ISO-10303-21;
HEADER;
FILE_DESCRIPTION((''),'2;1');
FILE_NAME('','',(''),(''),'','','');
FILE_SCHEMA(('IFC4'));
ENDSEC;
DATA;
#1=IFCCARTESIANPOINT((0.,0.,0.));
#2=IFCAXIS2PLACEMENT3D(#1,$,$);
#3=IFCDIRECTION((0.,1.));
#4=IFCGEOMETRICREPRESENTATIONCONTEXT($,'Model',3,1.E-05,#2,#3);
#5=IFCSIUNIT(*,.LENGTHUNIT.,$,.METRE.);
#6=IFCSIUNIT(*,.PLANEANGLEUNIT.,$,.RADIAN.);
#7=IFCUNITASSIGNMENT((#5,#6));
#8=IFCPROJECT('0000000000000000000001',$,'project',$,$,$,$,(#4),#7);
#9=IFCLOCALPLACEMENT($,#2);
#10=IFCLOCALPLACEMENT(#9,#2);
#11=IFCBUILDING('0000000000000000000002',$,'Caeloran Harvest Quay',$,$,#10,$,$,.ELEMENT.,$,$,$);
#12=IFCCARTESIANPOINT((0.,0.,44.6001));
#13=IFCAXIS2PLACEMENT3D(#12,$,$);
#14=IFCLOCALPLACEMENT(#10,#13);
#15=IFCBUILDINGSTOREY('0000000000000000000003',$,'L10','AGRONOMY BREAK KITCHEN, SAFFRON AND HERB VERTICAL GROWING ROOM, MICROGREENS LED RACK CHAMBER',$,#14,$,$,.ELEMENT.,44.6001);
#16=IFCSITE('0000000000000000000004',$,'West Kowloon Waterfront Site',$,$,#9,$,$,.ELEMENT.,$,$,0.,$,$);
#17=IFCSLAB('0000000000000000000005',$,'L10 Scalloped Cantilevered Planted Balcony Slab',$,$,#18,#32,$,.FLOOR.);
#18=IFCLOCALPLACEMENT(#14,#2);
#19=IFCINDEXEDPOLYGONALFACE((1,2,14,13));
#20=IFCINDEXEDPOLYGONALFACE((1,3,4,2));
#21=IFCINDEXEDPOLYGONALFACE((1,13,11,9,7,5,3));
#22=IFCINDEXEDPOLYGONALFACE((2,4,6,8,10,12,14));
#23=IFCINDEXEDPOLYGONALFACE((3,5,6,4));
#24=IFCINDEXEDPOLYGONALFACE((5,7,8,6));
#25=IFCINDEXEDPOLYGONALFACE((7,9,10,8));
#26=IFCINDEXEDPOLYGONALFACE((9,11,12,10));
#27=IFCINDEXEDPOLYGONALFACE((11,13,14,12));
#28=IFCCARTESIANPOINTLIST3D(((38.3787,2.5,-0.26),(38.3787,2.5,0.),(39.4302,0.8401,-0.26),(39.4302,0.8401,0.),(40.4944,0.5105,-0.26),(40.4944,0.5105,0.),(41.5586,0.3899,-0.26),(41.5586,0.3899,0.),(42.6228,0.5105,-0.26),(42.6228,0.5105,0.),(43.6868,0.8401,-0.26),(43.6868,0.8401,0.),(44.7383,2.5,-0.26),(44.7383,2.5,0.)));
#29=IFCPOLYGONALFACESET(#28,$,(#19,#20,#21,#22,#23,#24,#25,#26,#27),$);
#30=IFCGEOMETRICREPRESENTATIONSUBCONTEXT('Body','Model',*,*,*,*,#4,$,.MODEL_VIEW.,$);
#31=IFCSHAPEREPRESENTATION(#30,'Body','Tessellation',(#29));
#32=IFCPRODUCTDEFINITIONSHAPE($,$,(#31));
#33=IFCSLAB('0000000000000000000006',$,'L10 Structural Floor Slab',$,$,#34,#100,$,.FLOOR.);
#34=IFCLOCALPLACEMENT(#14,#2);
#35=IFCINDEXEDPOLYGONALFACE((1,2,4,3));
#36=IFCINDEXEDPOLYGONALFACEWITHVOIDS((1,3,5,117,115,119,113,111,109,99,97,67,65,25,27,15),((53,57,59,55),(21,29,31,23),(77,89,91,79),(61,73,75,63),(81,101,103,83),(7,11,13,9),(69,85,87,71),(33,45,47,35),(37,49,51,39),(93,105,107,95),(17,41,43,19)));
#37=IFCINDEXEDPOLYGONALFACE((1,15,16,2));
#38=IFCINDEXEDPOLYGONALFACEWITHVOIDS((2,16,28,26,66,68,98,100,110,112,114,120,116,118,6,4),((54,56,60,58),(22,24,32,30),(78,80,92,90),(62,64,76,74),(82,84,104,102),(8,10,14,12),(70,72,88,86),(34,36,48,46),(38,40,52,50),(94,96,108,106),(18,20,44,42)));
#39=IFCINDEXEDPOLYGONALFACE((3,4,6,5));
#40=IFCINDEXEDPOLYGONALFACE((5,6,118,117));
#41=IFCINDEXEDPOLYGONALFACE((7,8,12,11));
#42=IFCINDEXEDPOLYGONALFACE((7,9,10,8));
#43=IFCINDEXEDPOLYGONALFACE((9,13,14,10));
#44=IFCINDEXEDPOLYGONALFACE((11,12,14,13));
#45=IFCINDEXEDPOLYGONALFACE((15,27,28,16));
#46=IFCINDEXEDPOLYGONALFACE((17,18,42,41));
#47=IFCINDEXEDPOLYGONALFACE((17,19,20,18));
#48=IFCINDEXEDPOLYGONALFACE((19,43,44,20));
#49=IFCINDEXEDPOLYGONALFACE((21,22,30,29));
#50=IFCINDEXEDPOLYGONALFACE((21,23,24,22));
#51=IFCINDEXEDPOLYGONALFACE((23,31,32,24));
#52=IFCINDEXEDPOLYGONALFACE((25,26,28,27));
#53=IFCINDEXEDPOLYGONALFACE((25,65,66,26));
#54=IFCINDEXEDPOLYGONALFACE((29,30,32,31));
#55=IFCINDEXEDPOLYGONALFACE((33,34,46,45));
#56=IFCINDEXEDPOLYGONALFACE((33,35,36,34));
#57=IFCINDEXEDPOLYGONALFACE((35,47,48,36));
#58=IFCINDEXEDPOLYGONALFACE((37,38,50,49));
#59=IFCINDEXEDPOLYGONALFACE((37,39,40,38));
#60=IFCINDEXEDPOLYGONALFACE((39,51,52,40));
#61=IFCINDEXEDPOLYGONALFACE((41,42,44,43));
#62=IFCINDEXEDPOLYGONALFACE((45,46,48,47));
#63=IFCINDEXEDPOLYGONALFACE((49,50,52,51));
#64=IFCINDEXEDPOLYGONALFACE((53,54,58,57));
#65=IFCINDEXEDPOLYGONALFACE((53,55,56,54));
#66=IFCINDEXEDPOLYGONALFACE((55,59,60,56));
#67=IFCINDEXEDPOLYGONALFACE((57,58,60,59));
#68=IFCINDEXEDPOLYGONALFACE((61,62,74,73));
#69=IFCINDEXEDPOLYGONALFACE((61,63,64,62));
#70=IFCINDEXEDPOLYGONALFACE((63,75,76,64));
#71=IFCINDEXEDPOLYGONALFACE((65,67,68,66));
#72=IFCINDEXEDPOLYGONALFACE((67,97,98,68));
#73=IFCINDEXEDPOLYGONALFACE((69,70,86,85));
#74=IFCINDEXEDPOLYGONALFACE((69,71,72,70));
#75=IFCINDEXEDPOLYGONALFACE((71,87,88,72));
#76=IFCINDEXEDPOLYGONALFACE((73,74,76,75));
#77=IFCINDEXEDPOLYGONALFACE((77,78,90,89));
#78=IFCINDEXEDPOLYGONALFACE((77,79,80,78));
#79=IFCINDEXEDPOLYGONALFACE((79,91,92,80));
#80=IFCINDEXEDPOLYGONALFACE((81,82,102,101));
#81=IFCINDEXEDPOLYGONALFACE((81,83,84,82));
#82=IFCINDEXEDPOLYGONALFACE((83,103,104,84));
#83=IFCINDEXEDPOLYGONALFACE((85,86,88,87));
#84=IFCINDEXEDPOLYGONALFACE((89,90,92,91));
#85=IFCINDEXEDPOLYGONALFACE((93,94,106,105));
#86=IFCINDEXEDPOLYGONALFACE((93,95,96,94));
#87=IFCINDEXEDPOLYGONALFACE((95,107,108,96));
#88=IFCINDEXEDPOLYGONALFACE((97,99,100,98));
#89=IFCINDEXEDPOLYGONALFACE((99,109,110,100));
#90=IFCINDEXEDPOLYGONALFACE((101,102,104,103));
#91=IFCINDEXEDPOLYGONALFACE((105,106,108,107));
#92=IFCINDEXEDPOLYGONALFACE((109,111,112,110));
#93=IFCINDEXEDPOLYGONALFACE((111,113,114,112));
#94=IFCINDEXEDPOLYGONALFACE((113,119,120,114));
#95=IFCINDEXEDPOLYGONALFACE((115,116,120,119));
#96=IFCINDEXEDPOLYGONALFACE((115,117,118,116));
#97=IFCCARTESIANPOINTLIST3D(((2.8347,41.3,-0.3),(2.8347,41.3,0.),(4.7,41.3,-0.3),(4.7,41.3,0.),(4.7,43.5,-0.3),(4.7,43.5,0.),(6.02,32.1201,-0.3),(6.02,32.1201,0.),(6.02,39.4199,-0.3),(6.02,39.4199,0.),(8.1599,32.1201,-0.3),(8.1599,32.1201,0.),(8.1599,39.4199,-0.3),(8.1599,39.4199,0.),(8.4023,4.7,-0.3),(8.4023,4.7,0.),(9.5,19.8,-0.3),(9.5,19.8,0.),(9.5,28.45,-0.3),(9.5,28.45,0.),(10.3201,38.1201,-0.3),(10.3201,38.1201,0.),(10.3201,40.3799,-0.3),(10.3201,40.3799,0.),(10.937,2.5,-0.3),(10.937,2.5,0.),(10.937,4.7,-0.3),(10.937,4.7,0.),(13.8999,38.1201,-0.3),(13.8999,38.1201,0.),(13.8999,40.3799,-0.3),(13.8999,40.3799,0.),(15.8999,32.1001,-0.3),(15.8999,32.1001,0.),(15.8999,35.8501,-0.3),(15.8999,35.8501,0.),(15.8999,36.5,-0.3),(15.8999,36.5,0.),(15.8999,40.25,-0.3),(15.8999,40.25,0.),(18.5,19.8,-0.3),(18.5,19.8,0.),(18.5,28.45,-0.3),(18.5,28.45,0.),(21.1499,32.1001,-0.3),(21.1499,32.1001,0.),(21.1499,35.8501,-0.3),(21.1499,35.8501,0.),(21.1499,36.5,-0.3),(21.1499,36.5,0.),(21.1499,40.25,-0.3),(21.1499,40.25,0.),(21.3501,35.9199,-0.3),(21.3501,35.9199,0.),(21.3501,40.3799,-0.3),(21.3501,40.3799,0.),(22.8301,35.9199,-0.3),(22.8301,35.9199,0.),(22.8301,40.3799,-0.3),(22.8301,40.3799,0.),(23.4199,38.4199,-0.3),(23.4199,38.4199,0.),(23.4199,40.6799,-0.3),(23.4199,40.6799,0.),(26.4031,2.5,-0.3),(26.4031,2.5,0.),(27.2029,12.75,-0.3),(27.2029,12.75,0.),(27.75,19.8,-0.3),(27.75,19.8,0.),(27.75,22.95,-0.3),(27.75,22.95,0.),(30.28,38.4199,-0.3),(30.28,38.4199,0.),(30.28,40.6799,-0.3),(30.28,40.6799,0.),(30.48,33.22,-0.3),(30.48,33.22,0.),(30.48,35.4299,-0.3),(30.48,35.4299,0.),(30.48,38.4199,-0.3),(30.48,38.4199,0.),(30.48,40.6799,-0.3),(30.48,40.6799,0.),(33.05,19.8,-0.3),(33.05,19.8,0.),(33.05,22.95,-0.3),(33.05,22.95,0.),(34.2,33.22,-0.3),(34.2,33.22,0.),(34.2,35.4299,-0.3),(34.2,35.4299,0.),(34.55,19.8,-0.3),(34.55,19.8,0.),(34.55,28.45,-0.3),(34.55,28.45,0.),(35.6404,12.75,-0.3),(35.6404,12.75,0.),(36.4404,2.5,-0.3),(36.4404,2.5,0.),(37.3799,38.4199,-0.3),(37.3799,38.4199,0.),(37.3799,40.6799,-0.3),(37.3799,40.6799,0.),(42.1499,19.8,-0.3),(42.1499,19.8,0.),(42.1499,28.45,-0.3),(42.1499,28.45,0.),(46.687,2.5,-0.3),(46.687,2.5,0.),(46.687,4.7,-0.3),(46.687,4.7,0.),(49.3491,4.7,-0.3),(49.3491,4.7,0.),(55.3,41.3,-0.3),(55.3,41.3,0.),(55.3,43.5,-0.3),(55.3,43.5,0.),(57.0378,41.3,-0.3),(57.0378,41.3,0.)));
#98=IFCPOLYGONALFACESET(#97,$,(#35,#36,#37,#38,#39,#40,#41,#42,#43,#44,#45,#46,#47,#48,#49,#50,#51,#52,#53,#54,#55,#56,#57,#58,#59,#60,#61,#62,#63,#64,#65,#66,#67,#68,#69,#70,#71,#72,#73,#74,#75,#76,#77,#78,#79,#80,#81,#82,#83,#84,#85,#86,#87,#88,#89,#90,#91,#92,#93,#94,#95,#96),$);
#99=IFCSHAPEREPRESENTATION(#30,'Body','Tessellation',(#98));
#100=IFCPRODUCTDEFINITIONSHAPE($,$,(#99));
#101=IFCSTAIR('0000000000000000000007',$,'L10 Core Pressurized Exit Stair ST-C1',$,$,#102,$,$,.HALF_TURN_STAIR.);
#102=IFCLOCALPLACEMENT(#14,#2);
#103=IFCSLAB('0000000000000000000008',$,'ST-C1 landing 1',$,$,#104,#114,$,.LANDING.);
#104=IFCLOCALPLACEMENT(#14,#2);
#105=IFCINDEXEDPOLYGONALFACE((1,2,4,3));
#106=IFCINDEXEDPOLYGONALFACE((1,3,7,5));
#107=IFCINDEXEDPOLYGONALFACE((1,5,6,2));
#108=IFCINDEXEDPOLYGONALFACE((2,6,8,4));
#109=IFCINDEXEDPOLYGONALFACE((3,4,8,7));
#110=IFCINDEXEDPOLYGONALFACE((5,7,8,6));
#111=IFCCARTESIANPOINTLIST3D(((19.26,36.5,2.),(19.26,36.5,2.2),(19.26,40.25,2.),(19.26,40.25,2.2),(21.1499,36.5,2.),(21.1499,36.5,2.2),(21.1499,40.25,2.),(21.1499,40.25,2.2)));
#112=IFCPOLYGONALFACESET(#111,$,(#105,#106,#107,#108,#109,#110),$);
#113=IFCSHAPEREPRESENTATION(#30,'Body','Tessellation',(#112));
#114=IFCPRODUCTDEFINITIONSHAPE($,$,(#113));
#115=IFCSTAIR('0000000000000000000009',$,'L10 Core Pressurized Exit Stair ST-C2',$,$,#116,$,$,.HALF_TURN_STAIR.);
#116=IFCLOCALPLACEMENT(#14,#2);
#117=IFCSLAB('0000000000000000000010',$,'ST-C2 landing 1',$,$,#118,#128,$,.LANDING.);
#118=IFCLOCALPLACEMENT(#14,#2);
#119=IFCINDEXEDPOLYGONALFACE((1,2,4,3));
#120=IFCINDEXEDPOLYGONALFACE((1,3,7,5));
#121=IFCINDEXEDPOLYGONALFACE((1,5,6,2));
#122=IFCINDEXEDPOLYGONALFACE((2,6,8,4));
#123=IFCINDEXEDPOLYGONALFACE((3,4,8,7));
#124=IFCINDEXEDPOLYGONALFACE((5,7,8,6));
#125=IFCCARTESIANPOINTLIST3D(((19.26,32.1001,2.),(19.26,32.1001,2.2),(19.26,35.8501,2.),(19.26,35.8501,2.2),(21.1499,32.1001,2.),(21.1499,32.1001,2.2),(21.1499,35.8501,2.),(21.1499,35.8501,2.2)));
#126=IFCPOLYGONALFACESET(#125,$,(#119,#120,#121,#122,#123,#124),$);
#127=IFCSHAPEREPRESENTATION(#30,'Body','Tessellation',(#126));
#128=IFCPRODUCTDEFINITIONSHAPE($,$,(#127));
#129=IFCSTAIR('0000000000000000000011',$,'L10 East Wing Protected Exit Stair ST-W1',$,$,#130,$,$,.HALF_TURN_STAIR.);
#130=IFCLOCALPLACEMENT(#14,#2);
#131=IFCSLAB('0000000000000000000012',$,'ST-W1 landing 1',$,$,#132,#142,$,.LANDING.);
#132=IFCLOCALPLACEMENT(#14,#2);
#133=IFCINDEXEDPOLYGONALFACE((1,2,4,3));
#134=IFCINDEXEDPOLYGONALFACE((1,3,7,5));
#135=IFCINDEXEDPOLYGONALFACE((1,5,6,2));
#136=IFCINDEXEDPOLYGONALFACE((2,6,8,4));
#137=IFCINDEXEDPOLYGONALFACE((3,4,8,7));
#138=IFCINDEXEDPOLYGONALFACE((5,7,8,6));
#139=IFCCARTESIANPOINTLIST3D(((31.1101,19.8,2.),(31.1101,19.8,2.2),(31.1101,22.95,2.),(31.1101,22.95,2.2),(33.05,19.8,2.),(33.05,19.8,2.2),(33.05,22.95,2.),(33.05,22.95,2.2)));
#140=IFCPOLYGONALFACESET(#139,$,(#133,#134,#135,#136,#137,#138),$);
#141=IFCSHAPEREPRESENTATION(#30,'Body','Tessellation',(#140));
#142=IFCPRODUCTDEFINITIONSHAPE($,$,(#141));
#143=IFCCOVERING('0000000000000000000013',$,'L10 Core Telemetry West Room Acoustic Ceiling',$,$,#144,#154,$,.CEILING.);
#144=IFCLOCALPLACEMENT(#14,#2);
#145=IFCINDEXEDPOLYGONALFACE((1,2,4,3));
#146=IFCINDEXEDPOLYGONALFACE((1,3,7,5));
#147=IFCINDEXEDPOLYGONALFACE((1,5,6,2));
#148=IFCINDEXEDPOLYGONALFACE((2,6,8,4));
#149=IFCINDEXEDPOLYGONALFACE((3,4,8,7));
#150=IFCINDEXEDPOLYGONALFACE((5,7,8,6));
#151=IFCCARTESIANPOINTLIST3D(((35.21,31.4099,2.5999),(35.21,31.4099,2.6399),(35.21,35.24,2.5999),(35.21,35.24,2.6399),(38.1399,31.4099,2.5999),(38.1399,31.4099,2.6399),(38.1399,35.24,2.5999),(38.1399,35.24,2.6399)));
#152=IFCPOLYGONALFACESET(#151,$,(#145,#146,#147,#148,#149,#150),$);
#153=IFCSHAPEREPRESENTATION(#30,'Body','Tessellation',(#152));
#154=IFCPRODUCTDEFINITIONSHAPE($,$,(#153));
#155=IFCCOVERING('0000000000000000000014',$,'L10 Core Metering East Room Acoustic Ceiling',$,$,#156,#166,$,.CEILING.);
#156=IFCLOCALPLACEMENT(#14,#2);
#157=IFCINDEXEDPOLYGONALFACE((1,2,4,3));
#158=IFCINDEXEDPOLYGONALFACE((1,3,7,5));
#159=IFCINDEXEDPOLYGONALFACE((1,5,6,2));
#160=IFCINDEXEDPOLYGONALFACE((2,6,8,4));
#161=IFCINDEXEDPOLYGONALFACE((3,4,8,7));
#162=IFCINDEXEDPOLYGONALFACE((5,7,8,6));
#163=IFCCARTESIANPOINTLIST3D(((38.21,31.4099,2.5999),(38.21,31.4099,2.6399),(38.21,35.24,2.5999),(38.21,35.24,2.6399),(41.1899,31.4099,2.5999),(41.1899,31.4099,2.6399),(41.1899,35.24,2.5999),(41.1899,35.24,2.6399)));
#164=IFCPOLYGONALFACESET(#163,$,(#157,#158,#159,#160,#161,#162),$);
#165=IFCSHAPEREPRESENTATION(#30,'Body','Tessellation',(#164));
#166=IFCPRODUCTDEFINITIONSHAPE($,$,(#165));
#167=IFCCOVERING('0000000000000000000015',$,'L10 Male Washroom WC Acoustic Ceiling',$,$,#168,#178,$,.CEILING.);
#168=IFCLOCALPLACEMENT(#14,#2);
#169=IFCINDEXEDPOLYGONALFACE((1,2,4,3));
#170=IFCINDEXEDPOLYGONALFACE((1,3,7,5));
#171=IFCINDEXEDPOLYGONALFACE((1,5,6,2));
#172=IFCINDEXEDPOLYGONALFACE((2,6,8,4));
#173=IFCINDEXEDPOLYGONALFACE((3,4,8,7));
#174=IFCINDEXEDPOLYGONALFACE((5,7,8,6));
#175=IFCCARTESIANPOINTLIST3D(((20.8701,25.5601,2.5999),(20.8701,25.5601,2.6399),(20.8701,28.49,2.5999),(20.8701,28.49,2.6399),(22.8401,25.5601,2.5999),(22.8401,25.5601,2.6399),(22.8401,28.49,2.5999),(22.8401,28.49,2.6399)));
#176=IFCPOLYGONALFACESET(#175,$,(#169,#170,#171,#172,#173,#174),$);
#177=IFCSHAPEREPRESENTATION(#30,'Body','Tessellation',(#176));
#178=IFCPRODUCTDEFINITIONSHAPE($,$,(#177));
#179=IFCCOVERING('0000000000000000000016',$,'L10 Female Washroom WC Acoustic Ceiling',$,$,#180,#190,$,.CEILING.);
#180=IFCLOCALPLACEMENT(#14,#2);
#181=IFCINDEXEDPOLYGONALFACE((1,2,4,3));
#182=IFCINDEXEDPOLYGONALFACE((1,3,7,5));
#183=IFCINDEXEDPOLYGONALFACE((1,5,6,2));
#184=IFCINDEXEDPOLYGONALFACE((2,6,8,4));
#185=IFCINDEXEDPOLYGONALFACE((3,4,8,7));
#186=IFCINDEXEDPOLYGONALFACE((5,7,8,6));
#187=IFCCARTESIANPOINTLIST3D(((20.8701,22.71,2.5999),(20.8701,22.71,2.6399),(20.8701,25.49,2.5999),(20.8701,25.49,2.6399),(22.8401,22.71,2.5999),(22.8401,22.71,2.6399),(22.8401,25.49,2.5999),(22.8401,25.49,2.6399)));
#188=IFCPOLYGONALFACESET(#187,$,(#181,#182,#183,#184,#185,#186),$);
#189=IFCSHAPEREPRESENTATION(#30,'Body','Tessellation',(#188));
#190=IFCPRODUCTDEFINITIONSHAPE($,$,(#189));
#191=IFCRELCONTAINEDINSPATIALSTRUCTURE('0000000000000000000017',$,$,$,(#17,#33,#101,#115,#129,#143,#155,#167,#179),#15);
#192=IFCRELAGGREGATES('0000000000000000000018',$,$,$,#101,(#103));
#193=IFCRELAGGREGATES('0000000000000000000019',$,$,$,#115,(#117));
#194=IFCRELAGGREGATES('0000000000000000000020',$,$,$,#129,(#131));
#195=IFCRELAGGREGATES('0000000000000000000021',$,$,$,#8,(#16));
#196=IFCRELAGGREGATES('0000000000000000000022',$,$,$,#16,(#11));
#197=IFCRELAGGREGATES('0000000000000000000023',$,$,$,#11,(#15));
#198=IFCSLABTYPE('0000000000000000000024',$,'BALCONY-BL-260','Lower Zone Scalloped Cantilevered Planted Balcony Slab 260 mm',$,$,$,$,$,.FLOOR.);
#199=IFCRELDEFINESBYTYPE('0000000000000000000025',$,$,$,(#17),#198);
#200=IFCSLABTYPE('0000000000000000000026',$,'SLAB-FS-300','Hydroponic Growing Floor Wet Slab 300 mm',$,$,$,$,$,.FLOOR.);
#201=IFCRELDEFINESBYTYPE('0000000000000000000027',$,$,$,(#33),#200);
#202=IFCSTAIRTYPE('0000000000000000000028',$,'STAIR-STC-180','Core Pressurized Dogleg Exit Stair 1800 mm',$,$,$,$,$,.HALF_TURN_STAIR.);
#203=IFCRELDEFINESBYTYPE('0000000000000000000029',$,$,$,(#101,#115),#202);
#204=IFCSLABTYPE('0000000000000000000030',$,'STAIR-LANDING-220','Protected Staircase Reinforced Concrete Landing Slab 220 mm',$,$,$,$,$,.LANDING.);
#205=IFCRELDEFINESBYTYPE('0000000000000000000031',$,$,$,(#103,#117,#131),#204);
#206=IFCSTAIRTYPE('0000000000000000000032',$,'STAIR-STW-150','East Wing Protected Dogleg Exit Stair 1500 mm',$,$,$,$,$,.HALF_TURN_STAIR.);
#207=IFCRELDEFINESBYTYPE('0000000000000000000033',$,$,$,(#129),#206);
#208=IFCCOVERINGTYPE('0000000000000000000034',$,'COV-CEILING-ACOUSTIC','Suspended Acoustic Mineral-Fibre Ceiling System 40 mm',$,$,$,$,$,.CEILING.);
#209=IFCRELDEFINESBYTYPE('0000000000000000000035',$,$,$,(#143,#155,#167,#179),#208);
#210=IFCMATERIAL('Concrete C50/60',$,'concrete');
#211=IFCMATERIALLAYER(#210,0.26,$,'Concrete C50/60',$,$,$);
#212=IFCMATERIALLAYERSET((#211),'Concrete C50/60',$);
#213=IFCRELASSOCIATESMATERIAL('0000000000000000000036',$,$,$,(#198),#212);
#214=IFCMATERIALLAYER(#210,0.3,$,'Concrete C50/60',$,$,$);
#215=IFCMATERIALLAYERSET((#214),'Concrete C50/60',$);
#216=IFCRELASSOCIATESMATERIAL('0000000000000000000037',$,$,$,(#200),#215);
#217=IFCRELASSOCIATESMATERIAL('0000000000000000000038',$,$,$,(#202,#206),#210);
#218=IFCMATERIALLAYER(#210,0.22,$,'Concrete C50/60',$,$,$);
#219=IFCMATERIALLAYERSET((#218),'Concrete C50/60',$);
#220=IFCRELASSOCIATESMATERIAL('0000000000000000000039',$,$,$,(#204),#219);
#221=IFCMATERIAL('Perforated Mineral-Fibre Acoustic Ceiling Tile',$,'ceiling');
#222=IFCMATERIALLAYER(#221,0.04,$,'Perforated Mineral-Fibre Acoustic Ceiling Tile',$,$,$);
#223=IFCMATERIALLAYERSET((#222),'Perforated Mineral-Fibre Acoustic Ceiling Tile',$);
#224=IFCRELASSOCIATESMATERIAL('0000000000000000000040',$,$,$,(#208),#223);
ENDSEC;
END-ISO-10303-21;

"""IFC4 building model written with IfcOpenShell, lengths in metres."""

from ifc_helpers import new_model, si_unit, direction, frame, origin, place, context, subcontext, project, spatial, polyline, outline, extrude, material, layer, layer_set, type_object, element, aggregate, save


model = new_model("IFC4")

# Units and contexts
model_context = context("Model", 3, precision=1e-05, world=origin(), true_north=direction((0.0, 1.0)))
body_context = subcontext(model_context, "Body", "Model", "MODEL_VIEW")
ifc_project = project(units=[si_unit("LENGTHUNIT", "METRE"), si_unit("PLANEANGLEUNIT", "RADIAN")], contexts=[model_context])

# Site, building, storey
site_placement = place(None, origin())
site = spatial("IfcSite", under=ifc_project, at=site_placement, Name="West Kowloon Waterfront Site", CompositionType="ELEMENT", RefElevation=0.0)
building_placement = place(site_placement, origin())
building = spatial("IfcBuilding", under=site, at=building_placement, Name="Caeloran Harvest Quay", CompositionType="ELEMENT")
storey_placement = place(building_placement, frame((0.0, 0.0, 44.6001)))
storey = spatial("IfcBuildingStorey", under=building, at=storey_placement, Name="L10", Description="AGRONOMY BREAK KITCHEN, SAFFRON AND HERB VERTICAL GROWING ROOM, MICROGREENS LED RACK CHAMBER", CompositionType="ELEMENT", Elevation=44.6001)

# Slabs
ifc_material_1 = material(Name="Concrete C50/60", Category="concrete")
ifc_layer_1 = layer(ifc_material_1, 0.26, Name="Concrete C50/60")
ifc_layer_set_1 = layer_set([ifc_layer_1], Name="Concrete C50/60")
slab_type_1 = type_object("IfcSlabType", Name="BALCONY-BL-260", Description="Lower Zone Scalloped Cantilevered Planted Balcony Slab 260 mm", PredefinedType="FLOOR", material=ifc_layer_set_1)
slab_1_placement = place(storey_placement, frame((0.0, 0.0, -0.26)))
element("IfcSlab", 1, at=slab_1_placement, inside=storey, type_object=slab_type_1, Name="L10 Scalloped Cantilevered Planted Balcony Slab", PredefinedType="FLOOR", context=body_context, shape_type="SweptSolid", body=[
    extrude(outline(polyline([(43.6868, 0.8401), (42.6228, 0.5105), (41.5586, 0.3899), (40.4944, 0.5105), (39.4302, 0.8401), (38.3787, 2.5), (44.7383, 2.5), (43.6868, 0.8401)])), origin(), (0.0, 0.0, 1.0), 0.26),
])
ifc_layer_2 = layer(ifc_material_1, 0.3, Name="Concrete C50/60")
ifc_layer_set_2 = layer_set([ifc_layer_2], Name="Concrete C50/60")
slab_type_2 = type_object("IfcSlabType", Name="SLAB-FS-300", Description="Hydroponic Growing Floor Wet Slab 300 mm", PredefinedType="FLOOR", material=ifc_layer_set_2)
slab_2_placement = place(storey_placement, frame((0.0, 0.0, -0.3)))
element("IfcSlab", 2, at=slab_2_placement, inside=storey, type_object=slab_type_2, Name="L10 Structural Floor Slab", PredefinedType="FLOOR", context=body_context, shape_type="SweptSolid", body=[
    extrude(outline(polyline([(10.937, 2.5), (26.4031, 2.5), (27.2029, 12.75), (35.6404, 12.75), (36.4404, 2.5), (46.687, 2.5), (46.687, 4.7), (49.3491, 4.7), (57.0378, 41.3), (55.3, 41.3), (55.3, 43.5), (4.7, 43.5), (4.7, 41.3), (2.8347, 41.3), (8.4023, 4.7), (10.937, 4.7), (10.937, 2.5)]), holes=[polyline([(18.5, 19.8), (9.5, 19.8), (9.5, 28.45), (18.5, 28.45), (18.5, 19.8)]), polyline([(15.8999, 32.1001), (15.8999, 35.8501), (21.1499, 35.8501), (21.1499, 32.1001), (15.8999, 32.1001)]), polyline([(8.1599, 32.1201), (6.02, 32.1201), (6.02, 39.4199), (8.1599, 39.4199), (8.1599, 32.1201)]), polyline([(21.3501, 35.9199), (21.3501, 40.3799), (22.8301, 40.3799), (22.8301, 35.9199), (21.3501, 35.9199)]), polyline([(15.8999, 40.25), (21.1499, 40.25), (21.1499, 36.5), (15.8999, 36.5), (15.8999, 40.25)]), polyline([(13.8999, 38.1201), (10.3201, 38.1201), (10.3201, 40.3799), (13.8999, 40.3799), (13.8999, 38.1201)]), polyline([(27.75, 22.95), (33.05, 22.95), (33.05, 19.8), (27.75, 19.8), (27.75, 22.95)]), polyline([(34.55, 19.8), (34.55, 28.45), (42.1499, 28.45), (42.1499, 19.8), (34.55, 19.8)]), polyline([(34.2, 33.22), (30.48, 33.22), (30.48, 35.4299), (34.2, 35.4299), (34.2, 33.22)]), polyline([(23.4199, 38.4199), (23.4199, 40.6799), (30.28, 40.6799), (30.28, 38.4199), (23.4199, 38.4199)]), polyline([(30.48, 38.4199), (30.48, 40.6799), (37.3799, 40.6799), (37.3799, 38.4199), (30.48, 38.4199)])]), origin(), (0.0, 0.0, 1.0), 0.3),
])

# Stairs, slabs
stair_type_1 = type_object("IfcStairType", Name="STAIR-STC-180", Description="Core Pressurized Dogleg Exit Stair 1800 mm", PredefinedType="HALF_TURN_STAIR", material=ifc_material_1)
stair_1_placement = place(storey_placement, origin())
stair_1 = element("IfcStair", 3, at=stair_1_placement, inside=storey, type_object=stair_type_1, Name="L10 Core Pressurized Exit Stair ST-C1", PredefinedType="HALF_TURN_STAIR")
ifc_layer_3 = layer(ifc_material_1, 0.22, Name="Concrete C50/60")
ifc_layer_set_3 = layer_set([ifc_layer_3], Name="Concrete C50/60")
slab_type_3 = type_object("IfcSlabType", Name="STAIR-LANDING-220", Description="Protected Staircase Reinforced Concrete Landing Slab 220 mm", PredefinedType="LANDING", material=ifc_layer_set_3)
slab_3_placement = place(storey_placement, frame((0.0, 0.0, 2.0)))
slab_3 = element("IfcSlab", 4, at=slab_3_placement, type_object=slab_type_3, Name="ST-C1 landing 1", PredefinedType="LANDING", context=body_context, shape_type="SweptSolid", body=[
    extrude(outline(polyline([(19.26, 36.5), (21.1499, 36.5), (21.1499, 40.25), (19.26, 40.25), (19.26, 36.5)])), origin(), (0.0, 0.0, 1.0), 0.2),
])
aggregate(stair_1, [slab_3])
stair_2_placement = place(storey_placement, origin())
stair_2 = element("IfcStair", 5, at=stair_2_placement, inside=storey, type_object=stair_type_1, Name="L10 Core Pressurized Exit Stair ST-C2", PredefinedType="HALF_TURN_STAIR")
slab_4_placement = place(storey_placement, frame((0.0, 0.0, 2.0)))
slab_4 = element("IfcSlab", 6, at=slab_4_placement, type_object=slab_type_3, Name="ST-C2 landing 1", PredefinedType="LANDING", context=body_context, shape_type="SweptSolid", body=[
    extrude(outline(polyline([(19.26, 32.1001), (21.1499, 32.1001), (21.1499, 35.8501), (19.26, 35.8501), (19.26, 32.1001)])), origin(), (0.0, 0.0, 1.0), 0.2),
])
aggregate(stair_2, [slab_4])
stair_type_2 = type_object("IfcStairType", Name="STAIR-STW-150", Description="East Wing Protected Dogleg Exit Stair 1500 mm", PredefinedType="HALF_TURN_STAIR", material=ifc_material_1)
stair_3_placement = place(storey_placement, origin())
stair_3 = element("IfcStair", 7, at=stair_3_placement, inside=storey, type_object=stair_type_2, Name="L10 East Wing Protected Exit Stair ST-W1", PredefinedType="HALF_TURN_STAIR")
slab_5_placement = place(storey_placement, frame((0.0, 0.0, 2.0)))
slab_5 = element("IfcSlab", 8, at=slab_5_placement, type_object=slab_type_3, Name="ST-W1 landing 1", PredefinedType="LANDING", context=body_context, shape_type="SweptSolid", body=[
    extrude(outline(polyline([(31.1101, 19.8), (33.05, 19.8), (33.05, 22.95), (31.1101, 22.95), (31.1101, 19.8)])), origin(), (0.0, 0.0, 1.0), 0.2),
])
aggregate(stair_3, [slab_5])

# Coverings
ifc_material_2 = material(Name="Perforated Mineral-Fibre Acoustic Ceiling Tile", Category="ceiling")
ifc_layer_4 = layer(ifc_material_2, 0.04, Name="Perforated Mineral-Fibre Acoustic Ceiling Tile")
ifc_layer_set_4 = layer_set([ifc_layer_4], Name="Perforated Mineral-Fibre Acoustic Ceiling Tile")
covering_type_1 = type_object("IfcCoveringType", Name="COV-CEILING-ACOUSTIC", Description="Suspended Acoustic Mineral-Fibre Ceiling System 40 mm", PredefinedType="CEILING", material=ifc_layer_set_4)
covering_1_placement = place(storey_placement, frame((0.0, 0.0, 2.5999)))
element("IfcCovering", 9, at=covering_1_placement, inside=storey, type_object=covering_type_1, Name="L10 Core Telemetry West Room Acoustic Ceiling", PredefinedType="CEILING", context=body_context, shape_type="SweptSolid", body=[
    extrude(outline(polyline([(38.1399, 35.24), (38.1399, 31.4099), (35.21, 31.4099), (35.21, 35.24), (38.1399, 35.24)])), origin(), (0.0, 0.0, 1.0), 0.04),
])
covering_2_placement = place(storey_placement, frame((0.0, 0.0, 2.5999)))
element("IfcCovering", 10, at=covering_2_placement, inside=storey, type_object=covering_type_1, Name="L10 Core Metering East Room Acoustic Ceiling", PredefinedType="CEILING", context=body_context, shape_type="SweptSolid", body=[
    extrude(outline(polyline([(41.1899, 35.24), (41.1899, 31.4099), (38.21, 31.4099), (38.21, 35.24), (41.1899, 35.24)])), origin(), (0.0, 0.0, 1.0), 0.04),
])
covering_3_placement = place(storey_placement, frame((0.0, 0.0, 2.5999)))
element("IfcCovering", 11, at=covering_3_placement, inside=storey, type_object=covering_type_1, Name="L10 Male Washroom WC Acoustic Ceiling", PredefinedType="CEILING", context=body_context, shape_type="SweptSolid", body=[
    extrude(outline(polyline([(22.8401, 25.5601), (20.8701, 25.5601), (20.8701, 28.49), (22.8401, 28.49), (22.8401, 25.5601)])), origin(), (0.0, 0.0, 1.0), 0.04),
])
covering_4_placement = place(storey_placement, frame((0.0, 0.0, 2.5999)))
element("IfcCovering", 12, at=covering_4_placement, inside=storey, type_object=covering_type_1, Name="L10 Female Washroom WC Acoustic Ceiling", PredefinedType="CEILING", context=body_context, shape_type="SweptSolid", body=[
    extrude(outline(polyline([(22.8401, 22.71), (20.8701, 22.71), (20.8701, 25.49), (22.8401, 25.49), (22.8401, 22.71)])), origin(), (0.0, 0.0, 1.0), 0.04),
])

save(model, "model.ifc")
